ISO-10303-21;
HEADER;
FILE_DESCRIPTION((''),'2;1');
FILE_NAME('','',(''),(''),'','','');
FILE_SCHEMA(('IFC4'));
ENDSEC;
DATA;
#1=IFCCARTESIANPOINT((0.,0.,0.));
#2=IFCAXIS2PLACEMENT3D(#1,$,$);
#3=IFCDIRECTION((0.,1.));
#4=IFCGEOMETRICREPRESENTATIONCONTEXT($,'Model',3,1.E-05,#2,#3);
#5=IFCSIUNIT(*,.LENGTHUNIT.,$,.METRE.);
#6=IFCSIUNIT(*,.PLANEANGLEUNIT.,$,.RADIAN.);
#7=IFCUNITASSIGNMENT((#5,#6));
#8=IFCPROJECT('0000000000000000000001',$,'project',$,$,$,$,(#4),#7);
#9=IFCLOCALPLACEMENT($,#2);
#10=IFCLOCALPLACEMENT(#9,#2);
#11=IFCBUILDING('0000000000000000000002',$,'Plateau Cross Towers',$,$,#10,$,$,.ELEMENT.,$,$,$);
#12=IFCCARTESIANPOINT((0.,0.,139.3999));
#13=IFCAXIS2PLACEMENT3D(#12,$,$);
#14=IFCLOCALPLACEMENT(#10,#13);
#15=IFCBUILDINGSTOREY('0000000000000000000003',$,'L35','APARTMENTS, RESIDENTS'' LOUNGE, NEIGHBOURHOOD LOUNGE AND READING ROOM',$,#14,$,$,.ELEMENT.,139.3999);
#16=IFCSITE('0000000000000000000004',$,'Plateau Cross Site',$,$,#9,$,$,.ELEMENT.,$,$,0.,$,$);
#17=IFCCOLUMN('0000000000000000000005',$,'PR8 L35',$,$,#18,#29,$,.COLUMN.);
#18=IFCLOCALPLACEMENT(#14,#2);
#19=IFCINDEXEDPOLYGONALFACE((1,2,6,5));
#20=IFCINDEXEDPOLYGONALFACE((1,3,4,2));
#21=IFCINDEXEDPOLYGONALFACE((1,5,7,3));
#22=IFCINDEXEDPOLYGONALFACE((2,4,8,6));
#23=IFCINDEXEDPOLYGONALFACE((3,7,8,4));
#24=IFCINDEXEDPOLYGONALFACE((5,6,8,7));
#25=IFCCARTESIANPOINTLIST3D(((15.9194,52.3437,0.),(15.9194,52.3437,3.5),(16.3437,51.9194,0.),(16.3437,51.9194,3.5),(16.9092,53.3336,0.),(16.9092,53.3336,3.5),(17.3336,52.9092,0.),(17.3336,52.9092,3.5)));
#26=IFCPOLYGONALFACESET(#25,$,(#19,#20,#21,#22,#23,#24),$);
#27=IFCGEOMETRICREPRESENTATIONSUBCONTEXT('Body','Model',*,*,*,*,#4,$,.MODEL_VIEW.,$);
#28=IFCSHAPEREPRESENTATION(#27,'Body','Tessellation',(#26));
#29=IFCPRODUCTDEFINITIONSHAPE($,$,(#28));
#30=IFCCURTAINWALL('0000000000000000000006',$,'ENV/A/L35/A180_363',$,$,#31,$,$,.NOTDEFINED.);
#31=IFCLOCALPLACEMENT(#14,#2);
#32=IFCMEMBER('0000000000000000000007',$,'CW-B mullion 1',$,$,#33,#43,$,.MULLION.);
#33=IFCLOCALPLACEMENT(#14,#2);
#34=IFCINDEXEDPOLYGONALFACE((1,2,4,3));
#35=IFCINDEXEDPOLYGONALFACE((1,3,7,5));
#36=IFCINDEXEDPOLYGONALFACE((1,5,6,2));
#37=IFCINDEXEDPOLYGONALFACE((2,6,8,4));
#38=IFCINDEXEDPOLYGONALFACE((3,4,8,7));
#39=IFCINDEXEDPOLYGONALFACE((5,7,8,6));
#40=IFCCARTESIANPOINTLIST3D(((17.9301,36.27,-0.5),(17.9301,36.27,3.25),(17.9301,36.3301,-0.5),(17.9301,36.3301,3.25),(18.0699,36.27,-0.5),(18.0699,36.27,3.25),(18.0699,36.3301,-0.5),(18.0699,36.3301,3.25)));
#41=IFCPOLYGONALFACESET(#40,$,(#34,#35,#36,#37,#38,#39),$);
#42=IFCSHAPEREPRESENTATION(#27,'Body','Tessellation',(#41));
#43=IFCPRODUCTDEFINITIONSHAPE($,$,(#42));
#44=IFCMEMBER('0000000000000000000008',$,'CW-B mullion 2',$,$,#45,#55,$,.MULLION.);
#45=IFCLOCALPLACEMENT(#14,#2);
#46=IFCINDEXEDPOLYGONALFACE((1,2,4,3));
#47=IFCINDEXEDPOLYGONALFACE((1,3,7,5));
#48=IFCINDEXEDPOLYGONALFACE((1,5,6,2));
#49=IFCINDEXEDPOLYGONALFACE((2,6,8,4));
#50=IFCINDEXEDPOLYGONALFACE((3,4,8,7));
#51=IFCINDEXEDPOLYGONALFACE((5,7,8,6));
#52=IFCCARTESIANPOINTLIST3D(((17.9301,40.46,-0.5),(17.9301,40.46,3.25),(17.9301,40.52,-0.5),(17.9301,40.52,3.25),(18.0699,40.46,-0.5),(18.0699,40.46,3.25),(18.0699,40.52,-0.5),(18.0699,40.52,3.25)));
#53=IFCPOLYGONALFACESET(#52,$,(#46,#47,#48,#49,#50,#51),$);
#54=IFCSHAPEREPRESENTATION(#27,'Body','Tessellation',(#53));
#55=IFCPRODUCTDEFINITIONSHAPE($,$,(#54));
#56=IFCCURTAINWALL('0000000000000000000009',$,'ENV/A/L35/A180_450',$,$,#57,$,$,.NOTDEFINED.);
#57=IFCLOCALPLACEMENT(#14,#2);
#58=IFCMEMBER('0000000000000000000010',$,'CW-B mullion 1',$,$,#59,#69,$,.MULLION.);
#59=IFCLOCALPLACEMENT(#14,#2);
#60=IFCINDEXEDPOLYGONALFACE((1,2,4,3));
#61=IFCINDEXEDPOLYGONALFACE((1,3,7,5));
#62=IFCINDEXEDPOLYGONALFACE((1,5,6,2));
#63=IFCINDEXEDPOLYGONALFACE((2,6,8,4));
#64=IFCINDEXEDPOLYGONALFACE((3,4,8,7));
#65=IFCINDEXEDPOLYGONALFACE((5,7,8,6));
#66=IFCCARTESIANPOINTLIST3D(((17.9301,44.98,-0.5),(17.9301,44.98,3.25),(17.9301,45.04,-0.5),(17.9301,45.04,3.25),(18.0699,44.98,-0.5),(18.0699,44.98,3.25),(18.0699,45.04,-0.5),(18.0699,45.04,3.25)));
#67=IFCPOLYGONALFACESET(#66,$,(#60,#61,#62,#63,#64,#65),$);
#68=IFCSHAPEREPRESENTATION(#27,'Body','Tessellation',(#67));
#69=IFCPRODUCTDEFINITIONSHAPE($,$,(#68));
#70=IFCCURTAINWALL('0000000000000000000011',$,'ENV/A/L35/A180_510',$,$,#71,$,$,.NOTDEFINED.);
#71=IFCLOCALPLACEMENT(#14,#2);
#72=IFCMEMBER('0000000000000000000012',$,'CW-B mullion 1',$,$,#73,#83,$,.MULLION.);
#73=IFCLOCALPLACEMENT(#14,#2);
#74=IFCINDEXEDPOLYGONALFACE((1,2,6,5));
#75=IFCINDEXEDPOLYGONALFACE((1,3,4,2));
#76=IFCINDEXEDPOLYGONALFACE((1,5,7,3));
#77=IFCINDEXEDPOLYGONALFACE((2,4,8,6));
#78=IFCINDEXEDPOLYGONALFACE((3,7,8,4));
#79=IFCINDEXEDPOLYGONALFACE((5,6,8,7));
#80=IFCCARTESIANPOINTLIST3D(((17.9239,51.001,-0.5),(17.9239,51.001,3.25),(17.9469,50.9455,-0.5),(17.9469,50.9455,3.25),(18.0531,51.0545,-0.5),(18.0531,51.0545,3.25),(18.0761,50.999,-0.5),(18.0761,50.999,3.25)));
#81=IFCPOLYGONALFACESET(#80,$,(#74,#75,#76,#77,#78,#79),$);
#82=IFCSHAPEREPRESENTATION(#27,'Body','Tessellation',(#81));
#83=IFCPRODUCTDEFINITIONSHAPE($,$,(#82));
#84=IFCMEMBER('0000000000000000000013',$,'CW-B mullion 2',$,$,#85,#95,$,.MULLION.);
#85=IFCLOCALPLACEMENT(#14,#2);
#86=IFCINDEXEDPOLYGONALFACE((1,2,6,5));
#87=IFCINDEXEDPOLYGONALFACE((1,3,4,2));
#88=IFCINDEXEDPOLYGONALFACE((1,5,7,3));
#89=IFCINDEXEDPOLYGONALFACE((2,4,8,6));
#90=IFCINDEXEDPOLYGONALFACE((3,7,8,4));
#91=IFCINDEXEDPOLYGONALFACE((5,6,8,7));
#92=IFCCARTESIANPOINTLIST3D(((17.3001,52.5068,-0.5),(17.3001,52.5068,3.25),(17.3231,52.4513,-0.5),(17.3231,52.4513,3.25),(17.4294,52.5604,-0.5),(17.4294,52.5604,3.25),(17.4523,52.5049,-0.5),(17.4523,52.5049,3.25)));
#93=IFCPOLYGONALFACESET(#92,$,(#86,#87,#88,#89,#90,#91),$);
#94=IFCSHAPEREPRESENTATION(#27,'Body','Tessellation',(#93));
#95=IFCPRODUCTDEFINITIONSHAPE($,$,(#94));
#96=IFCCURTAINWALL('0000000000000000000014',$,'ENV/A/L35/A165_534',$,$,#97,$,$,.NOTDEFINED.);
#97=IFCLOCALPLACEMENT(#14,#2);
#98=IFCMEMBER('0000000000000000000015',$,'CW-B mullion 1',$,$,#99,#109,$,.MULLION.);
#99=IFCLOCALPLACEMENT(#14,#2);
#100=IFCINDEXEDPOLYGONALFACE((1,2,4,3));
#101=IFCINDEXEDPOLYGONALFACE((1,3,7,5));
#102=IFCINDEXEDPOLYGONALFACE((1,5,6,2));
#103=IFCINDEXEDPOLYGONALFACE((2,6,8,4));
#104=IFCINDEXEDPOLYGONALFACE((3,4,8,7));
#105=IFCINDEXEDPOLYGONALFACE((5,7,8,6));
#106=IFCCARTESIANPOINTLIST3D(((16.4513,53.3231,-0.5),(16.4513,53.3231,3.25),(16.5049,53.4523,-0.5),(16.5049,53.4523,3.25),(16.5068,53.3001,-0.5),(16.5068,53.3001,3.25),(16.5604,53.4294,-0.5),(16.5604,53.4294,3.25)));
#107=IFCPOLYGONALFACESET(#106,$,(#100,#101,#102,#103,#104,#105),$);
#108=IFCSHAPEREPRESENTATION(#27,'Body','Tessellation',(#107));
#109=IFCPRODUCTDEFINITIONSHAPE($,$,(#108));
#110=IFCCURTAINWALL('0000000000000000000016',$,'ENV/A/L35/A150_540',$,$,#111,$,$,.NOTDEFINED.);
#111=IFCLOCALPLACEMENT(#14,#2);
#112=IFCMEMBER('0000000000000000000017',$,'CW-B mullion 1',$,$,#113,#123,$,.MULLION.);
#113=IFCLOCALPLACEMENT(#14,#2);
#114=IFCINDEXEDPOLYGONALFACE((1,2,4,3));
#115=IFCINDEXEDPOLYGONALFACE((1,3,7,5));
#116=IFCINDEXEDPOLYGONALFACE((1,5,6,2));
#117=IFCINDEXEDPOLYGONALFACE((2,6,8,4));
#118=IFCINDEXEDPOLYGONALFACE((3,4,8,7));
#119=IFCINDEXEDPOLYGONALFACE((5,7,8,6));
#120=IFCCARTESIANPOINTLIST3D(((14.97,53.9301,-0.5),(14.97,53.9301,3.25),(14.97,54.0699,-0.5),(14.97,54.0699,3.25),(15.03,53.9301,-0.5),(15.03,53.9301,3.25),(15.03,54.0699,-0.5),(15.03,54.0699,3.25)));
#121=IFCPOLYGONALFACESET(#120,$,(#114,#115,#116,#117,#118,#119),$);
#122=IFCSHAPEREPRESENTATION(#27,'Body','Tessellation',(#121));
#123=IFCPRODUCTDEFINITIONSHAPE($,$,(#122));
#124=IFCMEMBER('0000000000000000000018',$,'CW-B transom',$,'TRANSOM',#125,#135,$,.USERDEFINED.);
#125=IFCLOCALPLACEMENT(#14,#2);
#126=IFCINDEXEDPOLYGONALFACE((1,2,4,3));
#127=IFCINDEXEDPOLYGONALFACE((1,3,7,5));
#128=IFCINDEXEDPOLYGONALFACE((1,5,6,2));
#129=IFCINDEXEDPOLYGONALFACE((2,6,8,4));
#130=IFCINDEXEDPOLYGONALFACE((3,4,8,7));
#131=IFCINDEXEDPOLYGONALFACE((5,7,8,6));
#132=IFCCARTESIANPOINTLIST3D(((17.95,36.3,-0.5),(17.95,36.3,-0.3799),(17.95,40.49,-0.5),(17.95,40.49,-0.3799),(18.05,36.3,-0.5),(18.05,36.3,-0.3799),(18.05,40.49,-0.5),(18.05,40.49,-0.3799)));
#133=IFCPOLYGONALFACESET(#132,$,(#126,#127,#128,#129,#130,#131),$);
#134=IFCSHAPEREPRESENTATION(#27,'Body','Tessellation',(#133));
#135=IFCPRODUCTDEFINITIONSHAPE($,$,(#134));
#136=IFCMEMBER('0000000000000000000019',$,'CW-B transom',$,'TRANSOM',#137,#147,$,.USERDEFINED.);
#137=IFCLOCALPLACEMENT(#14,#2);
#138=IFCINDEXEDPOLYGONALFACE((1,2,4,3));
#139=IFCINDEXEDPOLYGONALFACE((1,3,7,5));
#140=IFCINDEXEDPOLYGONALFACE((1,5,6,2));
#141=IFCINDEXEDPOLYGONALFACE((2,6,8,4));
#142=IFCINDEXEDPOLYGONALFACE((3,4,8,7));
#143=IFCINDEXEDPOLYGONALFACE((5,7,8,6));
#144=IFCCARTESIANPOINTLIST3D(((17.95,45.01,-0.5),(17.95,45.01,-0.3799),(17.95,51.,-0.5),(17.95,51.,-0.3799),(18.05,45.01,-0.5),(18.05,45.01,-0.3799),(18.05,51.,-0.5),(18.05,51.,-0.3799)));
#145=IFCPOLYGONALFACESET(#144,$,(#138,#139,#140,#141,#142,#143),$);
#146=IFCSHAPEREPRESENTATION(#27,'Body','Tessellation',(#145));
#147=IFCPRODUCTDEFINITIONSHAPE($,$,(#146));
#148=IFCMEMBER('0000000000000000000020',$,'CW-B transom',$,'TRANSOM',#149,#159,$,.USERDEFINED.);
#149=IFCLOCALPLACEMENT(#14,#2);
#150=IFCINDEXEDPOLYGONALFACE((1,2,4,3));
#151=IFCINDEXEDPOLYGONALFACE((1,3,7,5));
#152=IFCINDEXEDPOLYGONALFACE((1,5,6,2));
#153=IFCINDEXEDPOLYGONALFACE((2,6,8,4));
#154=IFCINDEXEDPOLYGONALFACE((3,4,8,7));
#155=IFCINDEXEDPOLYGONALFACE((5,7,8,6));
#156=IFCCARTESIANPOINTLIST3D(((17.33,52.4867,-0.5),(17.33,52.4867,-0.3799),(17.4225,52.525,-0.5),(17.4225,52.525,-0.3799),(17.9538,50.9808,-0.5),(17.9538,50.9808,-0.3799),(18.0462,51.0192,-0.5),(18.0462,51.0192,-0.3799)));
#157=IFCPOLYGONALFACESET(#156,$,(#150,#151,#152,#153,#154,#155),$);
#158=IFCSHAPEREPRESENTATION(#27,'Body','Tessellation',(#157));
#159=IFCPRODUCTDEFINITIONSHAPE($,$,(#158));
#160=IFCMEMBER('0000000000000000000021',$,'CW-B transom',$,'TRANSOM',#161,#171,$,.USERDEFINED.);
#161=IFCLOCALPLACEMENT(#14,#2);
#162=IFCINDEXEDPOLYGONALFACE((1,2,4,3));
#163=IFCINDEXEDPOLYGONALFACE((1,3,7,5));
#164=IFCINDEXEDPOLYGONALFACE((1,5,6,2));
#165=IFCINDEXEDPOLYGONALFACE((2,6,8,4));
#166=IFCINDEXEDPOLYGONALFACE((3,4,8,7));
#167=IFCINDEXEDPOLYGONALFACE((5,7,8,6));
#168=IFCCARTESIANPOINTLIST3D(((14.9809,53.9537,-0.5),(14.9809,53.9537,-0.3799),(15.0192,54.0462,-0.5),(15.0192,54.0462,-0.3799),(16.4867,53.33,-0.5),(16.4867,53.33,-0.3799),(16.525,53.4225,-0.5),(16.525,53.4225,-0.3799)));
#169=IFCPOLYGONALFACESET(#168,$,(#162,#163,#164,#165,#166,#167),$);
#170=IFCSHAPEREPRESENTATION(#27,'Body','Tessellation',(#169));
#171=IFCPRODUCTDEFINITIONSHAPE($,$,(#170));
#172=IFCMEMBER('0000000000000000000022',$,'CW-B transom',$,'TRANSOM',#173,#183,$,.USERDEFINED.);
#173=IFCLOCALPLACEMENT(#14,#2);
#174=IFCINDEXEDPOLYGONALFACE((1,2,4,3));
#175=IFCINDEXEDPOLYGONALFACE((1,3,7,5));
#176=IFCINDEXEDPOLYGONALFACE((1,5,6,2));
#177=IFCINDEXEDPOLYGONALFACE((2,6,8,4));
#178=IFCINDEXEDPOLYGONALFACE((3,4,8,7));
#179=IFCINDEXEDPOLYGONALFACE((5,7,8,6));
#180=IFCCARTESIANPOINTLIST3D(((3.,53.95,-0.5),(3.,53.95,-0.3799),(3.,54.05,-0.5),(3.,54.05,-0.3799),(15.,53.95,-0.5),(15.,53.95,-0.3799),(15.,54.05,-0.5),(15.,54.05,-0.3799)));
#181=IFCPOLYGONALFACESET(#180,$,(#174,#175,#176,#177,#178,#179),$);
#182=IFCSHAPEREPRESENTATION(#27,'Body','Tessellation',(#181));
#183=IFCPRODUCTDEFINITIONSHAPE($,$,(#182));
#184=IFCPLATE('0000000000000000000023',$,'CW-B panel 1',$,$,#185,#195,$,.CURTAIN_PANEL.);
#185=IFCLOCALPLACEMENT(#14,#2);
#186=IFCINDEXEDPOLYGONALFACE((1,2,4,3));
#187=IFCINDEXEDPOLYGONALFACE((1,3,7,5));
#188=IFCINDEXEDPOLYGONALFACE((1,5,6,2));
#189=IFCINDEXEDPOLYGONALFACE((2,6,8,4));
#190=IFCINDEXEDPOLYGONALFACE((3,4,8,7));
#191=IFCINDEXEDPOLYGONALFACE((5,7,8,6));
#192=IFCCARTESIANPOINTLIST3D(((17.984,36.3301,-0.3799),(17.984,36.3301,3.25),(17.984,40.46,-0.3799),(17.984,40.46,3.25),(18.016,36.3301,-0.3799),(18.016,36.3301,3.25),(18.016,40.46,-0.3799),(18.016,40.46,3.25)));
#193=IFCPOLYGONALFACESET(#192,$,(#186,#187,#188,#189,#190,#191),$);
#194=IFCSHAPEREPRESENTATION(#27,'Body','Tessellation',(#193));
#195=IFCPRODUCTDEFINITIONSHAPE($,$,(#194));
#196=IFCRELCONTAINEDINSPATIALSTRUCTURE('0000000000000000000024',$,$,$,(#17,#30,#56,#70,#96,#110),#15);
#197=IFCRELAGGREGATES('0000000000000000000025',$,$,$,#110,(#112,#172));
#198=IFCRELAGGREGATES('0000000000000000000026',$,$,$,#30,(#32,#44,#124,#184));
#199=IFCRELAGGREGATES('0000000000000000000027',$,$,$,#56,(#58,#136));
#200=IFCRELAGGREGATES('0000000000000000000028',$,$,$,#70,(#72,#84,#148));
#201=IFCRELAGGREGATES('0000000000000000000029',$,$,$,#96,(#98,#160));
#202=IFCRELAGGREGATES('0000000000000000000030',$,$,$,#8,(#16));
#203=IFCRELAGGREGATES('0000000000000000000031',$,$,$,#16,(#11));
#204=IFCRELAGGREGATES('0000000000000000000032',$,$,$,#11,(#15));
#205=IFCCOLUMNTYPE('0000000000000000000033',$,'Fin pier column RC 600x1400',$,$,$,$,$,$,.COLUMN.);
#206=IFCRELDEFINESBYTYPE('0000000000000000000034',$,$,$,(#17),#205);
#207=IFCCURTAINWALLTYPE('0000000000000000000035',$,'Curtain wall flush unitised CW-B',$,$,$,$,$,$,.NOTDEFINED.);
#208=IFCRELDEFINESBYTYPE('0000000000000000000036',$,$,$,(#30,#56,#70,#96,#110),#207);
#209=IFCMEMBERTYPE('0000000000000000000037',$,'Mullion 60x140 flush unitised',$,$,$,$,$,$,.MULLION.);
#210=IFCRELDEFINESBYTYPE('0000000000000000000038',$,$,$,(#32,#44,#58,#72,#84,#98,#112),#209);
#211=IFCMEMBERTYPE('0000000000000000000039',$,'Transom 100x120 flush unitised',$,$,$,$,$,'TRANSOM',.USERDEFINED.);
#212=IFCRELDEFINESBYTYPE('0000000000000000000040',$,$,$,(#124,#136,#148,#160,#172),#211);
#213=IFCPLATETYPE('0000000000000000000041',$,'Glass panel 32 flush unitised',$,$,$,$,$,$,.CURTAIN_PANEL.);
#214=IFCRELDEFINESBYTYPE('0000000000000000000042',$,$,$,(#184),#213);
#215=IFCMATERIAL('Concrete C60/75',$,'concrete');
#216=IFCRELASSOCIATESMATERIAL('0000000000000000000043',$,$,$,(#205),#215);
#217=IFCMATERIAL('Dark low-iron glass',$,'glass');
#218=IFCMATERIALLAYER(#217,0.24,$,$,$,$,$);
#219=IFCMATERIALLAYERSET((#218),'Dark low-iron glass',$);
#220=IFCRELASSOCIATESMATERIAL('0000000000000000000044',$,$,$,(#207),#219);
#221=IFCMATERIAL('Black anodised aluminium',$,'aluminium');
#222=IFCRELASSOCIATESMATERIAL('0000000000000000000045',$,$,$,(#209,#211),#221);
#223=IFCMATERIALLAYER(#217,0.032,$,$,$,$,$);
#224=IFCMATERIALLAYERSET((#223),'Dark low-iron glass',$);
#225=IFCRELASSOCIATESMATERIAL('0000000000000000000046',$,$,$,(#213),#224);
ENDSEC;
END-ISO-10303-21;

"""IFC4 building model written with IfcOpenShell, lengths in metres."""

from ifc_helpers import new_model, si_unit, direction, frame, origin, origin_2d, place, context, subcontext, project, spatial, rectangle, extrude, material, layer, layer_set, material_profile, profile_set, type_object, element, aggregate, save


model = new_model("IFC4")

# Units and contexts
model_context = context("Model", 3, precision=1e-05, world=origin(), true_north=direction((0.0, 1.0)))
body_context = subcontext(model_context, "Body", "Model", "MODEL_VIEW")
ifc_project = project(units=[si_unit("LENGTHUNIT", "METRE"), si_unit("PLANEANGLEUNIT", "RADIAN")], contexts=[model_context])

# Site, building, storey
site_placement = place(None, origin())
site = spatial("IfcSite", under=ifc_project, at=site_placement, Name="Plateau Cross Site", CompositionType="ELEMENT", RefElevation=0.0)
building_placement = place(site_placement, origin())
building = spatial("IfcBuilding", under=site, at=building_placement, Name="Plateau Cross Towers", CompositionType="ELEMENT")
storey_placement = place(building_placement, frame((0.0, 0.0, 139.3999)))
storey = spatial("IfcBuildingStorey", under=building, at=storey_placement, Name="L35", Description="APARTMENTS, RESIDENTS' LOUNGE, NEIGHBOURHOOD LOUNGE AND READING ROOM", CompositionType="ELEMENT", Elevation=139.3999)

# Column
ifc_material_1 = material(Name="Concrete C60/75", Category="concrete")
ifc_material_profile_1 = material_profile(ifc_material_1, rectangle(XDim=0.6001, YDim=1.3999, at=origin_2d()), Name="RC 600x1400")
ifc_profile_set_1 = profile_set([ifc_material_profile_1], Name="Concrete C60/75")
column_type = type_object("IfcColumnType", Name="Fin pier column RC 600x1400", PredefinedType="COLUMN", material=ifc_profile_set_1)
column_placement = place(storey_placement, frame((16.6265, 52.6265, 0.0), z_axis=(0.0, 0.0, 1.0), x_axis=(-0.707107, 0.707107, 0.0)))
element("IfcColumn", 1, at=column_placement, inside=storey, type_object=column_type, Name="PR8 L35", PredefinedType="COLUMN", context=body_context, shape_type="SweptSolid", body=[
    extrude(rectangle(XDim=0.6001, YDim=1.3999, at=origin_2d()), origin(), (0.0, 0.0, 1.0), 3.5),
])

# Curtain wall, members
ifc_material_2 = material(Name="Dark low-iron glass", Category="glass")
ifc_layer_1 = layer(ifc_material_2, 0.24)
ifc_layer_set_1 = layer_set([ifc_layer_1], Name="Dark low-iron glass")
curtain_wall_type = type_object("IfcCurtainWallType", Name="Curtain wall flush unitised CW-B", PredefinedType="NOTDEFINED", material=ifc_layer_set_1)
curtain_wall_1_placement = place(storey_placement, origin())
curtain_wall_1 = element("IfcCurtainWall", 2, at=curtain_wall_1_placement, inside=storey, type_object=curtain_wall_type, Name="ENV/A/L35/A180_363", PredefinedType="NOTDEFINED")
ifc_material_3 = material(Name="Black anodised aluminium", Category="aluminium")
ifc_material_profile_2 = material_profile(ifc_material_3, rectangle(XDim=0.0601, YDim=0.1399, at=origin_2d()), Name="MULLION 60x140")
ifc_profile_set_2 = profile_set([ifc_material_profile_2], Name="Black anodised aluminium")
member_type_1 = type_object("IfcMemberType", Name="Mullion 60x140 flush unitised", PredefinedType="MULLION", material=ifc_profile_set_2)
member_1_placement = place(storey_placement, frame((18.0, 36.3, -0.5), z_axis=(0.0, 0.0, 1.0), x_axis=(0.0, 1.0, 0.0)))
member_1 = element("IfcMember", 3, at=member_1_placement, type_object=member_type_1, Name="CW-B mullion 1", PredefinedType="MULLION", context=body_context, shape_type="SweptSolid", body=[
    extrude(rectangle(XDim=0.0601, YDim=0.1399, at=origin_2d()), origin(), (0.0, 0.0, 1.0), 3.75),
])
member_2_placement = place(storey_placement, frame((18.0, 40.49, -0.5), z_axis=(0.0, 0.0, 1.0), x_axis=(0.0, 1.0, 0.0)))
member_2 = element("IfcMember", 4, at=member_2_placement, type_object=member_type_1, Name="CW-B mullion 2", PredefinedType="MULLION", context=body_context, shape_type="SweptSolid", body=[
    extrude(rectangle(XDim=0.0601, YDim=0.1399, at=origin_2d()), origin(), (0.0, 0.0, 1.0), 3.75),
])

# Curtain wall, member
curtain_wall_2_placement = place(storey_placement, origin())
curtain_wall_2 = element("IfcCurtainWall", 5, at=curtain_wall_2_placement, inside=storey, type_object=curtain_wall_type, Name="ENV/A/L35/A180_450", PredefinedType="NOTDEFINED")
member_3_placement = place(storey_placement, frame((18.0, 45.01, -0.5), z_axis=(0.0, 0.0, 1.0), x_axis=(0.0, 1.0, 0.0)))
member_3 = element("IfcMember", 6, at=member_3_placement, type_object=member_type_1, Name="CW-B mullion 1", PredefinedType="MULLION", context=body_context, shape_type="SweptSolid", body=[
    extrude(rectangle(XDim=0.0601, YDim=0.1399, at=origin_2d()), origin(), (0.0, 0.0, 1.0), 3.75),
])

# Curtain wall, members
curtain_wall_3_placement = place(storey_placement, origin())
curtain_wall_3 = element("IfcCurtainWall", 7, at=curtain_wall_3_placement, inside=storey, type_object=curtain_wall_type, Name="ENV/A/L35/A180_510", PredefinedType="NOTDEFINED")
member_4_placement = place(storey_placement, frame((18.0, 51.0, -0.5), z_axis=(0.0, 0.0, 1.0), x_axis=(-0.382684, 0.923879, 0.0)))
member_4 = element("IfcMember", 8, at=member_4_placement, type_object=member_type_1, Name="CW-B mullion 1", PredefinedType="MULLION", context=body_context, shape_type="SweptSolid", body=[
    extrude(rectangle(XDim=0.0601, YDim=0.1399, at=origin_2d()), origin(), (0.0, 0.0, 1.0), 3.75),
])
member_5_placement = place(storey_placement, frame((17.3762, 52.5059, -0.5), z_axis=(0.0, 0.0, 1.0), x_axis=(-0.382684, 0.923879, 0.0)))
member_5 = element("IfcMember", 9, at=member_5_placement, type_object=member_type_1, Name="CW-B mullion 2", PredefinedType="MULLION", context=body_context, shape_type="SweptSolid", body=[
    extrude(rectangle(XDim=0.0601, YDim=0.1399, at=origin_2d()), origin(), (0.0, 0.0, 1.0), 3.75),
])

# Curtain walls, members
curtain_wall_4_placement = place(storey_placement, origin())
curtain_wall_4 = element("IfcCurtainWall", 10, at=curtain_wall_4_placement, inside=storey, type_object=curtain_wall_type, Name="ENV/A/L35/A165_534", PredefinedType="NOTDEFINED")
member_6_placement = place(storey_placement, frame((16.5059, 53.3762, -0.5), z_axis=(0.0, 0.0, 1.0), x_axis=(-0.923879, 0.382684, 0.0)))
member_6 = element("IfcMember", 11, at=member_6_placement, type_object=member_type_1, Name="CW-B mullion 1", PredefinedType="MULLION", context=body_context, shape_type="SweptSolid", body=[
    extrude(rectangle(XDim=0.0601, YDim=0.1399, at=origin_2d()), origin(), (0.0, 0.0, 1.0), 3.75),
])
curtain_wall_5_placement = place(storey_placement, origin())
curtain_wall_5 = element("IfcCurtainWall", 12, at=curtain_wall_5_placement, inside=storey, type_object=curtain_wall_type, Name="ENV/A/L35/A150_540", PredefinedType="NOTDEFINED")
member_7_placement = place(storey_placement, frame((15.0, 54.0, -0.5), z_axis=(0.0, 0.0, 1.0), x_axis=(-1.0, 0.0, 0.0)))
member_7 = element("IfcMember", 13, at=member_7_placement, type_object=member_type_1, Name="CW-B mullion 1", PredefinedType="MULLION", context=body_context, shape_type="SweptSolid", body=[
    extrude(rectangle(XDim=0.0601, YDim=0.1399, at=origin_2d()), origin(), (0.0, 0.0, 1.0), 3.75),
])

# Members
ifc_material_profile_3 = material_profile(ifc_material_3, rectangle(XDim=0.1001, YDim=0.1201, at=origin_2d()), Name="TRANSOM 100x120")
ifc_profile_set_3 = profile_set([ifc_material_profile_3], Name="Black anodised aluminium")
member_type_2 = type_object("IfcMemberType", Name="Transom 100x120 flush unitised", ElementType="TRANSOM", PredefinedType="USERDEFINED", material=ifc_profile_set_3)
member_8_placement = place(storey_placement, frame((18.0, 36.3, -0.4399), z_axis=(0.0, 1.0, 0.0), x_axis=(-1.0, 0.0, 0.0)))
member_8 = element("IfcMember", 14, at=member_8_placement, type_object=member_type_2, Name="CW-B transom", ObjectType="TRANSOM", PredefinedType="USERDEFINED", context=body_context, shape_type="SweptSolid", body=[
    extrude(rectangle(XDim=0.1001, YDim=0.1201, at=origin_2d()), origin(), (0.0, 0.0, 1.0), 4.1899),
])
member_9_placement = place(storey_placement, frame((18.0, 45.01, -0.4399), z_axis=(0.0, 1.0, 0.0), x_axis=(-1.0, 0.0, 0.0)))
member_9 = element("IfcMember", 15, at=member_9_placement, type_object=member_type_2, Name="CW-B transom", ObjectType="TRANSOM", PredefinedType="USERDEFINED", context=body_context, shape_type="SweptSolid", body=[
    extrude(rectangle(XDim=0.1001, YDim=0.1201, at=origin_2d()), origin(), (0.0, 0.0, 1.0), 5.99),
])
member_10_placement = place(storey_placement, frame((18.0, 51.0, -0.4399), z_axis=(-0.3827, 0.923873, 0.0), x_axis=(-0.923873, -0.3827, 0.0)))
member_10 = element("IfcMember", 16, at=member_10_placement, type_object=member_type_2, Name="CW-B transom", ObjectType="TRANSOM", PredefinedType="USERDEFINED", context=body_context, shape_type="SweptSolid", body=[
    extrude(rectangle(XDim=0.1001, YDim=0.1201, at=origin_2d()), origin(), (0.0, 0.0, 1.0), 1.6299),
])
member_11_placement = place(storey_placement, frame((16.5059, 53.3762, -0.4399), z_axis=(-0.923873, 0.3827, 0.0), x_axis=(-0.3827, -0.923873, 0.0)))
member_11 = element("IfcMember", 17, at=member_11_placement, type_object=member_type_2, Name="CW-B transom", ObjectType="TRANSOM", PredefinedType="USERDEFINED", context=body_context, shape_type="SweptSolid", body=[
    extrude(rectangle(XDim=0.1001, YDim=0.1201, at=origin_2d()), origin(), (0.0, 0.0, 1.0), 1.6299),
])
member_12_placement = place(storey_placement, frame((15.0, 54.0, -0.4399), z_axis=(-1.0, 0.0, 0.0), x_axis=(0.0, -1.0, 0.0)))
member_12 = element("IfcMember", 18, at=member_12_placement, type_object=member_type_2, Name="CW-B transom", ObjectType="TRANSOM", PredefinedType="USERDEFINED", context=body_context, shape_type="SweptSolid", body=[
    extrude(rectangle(XDim=0.1001, YDim=0.1201, at=origin_2d()), origin(), (0.0, 0.0, 1.0), 12.0),
])
aggregate(curtain_wall_5, [member_7, member_12])

# Plate
ifc_layer_2 = layer(ifc_material_2, 0.032)
ifc_layer_set_2 = layer_set([ifc_layer_2], Name="Dark low-iron glass")
plate_type = type_object("IfcPlateType", Name="Glass panel 32 flush unitised", PredefinedType="CURTAIN_PANEL", material=ifc_layer_set_2)
plate_1_placement = place(storey_placement, frame((18.0, 38.395, -0.3799), z_axis=(0.0, 0.0, 1.0), x_axis=(0.0, 1.0, 0.0)))
plate_1 = element("IfcPlate", 19, at=plate_1_placement, type_object=plate_type, Name="CW-B panel 1", PredefinedType="CURTAIN_PANEL", context=body_context, shape_type="SweptSolid", body=[
    extrude(rectangle(XDim=4.1299, YDim=0.032, at=origin_2d()), origin(), (0.0, 0.0, 1.0), 3.6299),
])
aggregate(curtain_wall_1, [member_1, member_2, member_8, plate_1])
aggregate(curtain_wall_2, [member_3, member_9])
aggregate(curtain_wall_3, [member_4, member_5, member_10])
aggregate(curtain_wall_4, [member_6, member_11])

save(model, "model.ifc")
